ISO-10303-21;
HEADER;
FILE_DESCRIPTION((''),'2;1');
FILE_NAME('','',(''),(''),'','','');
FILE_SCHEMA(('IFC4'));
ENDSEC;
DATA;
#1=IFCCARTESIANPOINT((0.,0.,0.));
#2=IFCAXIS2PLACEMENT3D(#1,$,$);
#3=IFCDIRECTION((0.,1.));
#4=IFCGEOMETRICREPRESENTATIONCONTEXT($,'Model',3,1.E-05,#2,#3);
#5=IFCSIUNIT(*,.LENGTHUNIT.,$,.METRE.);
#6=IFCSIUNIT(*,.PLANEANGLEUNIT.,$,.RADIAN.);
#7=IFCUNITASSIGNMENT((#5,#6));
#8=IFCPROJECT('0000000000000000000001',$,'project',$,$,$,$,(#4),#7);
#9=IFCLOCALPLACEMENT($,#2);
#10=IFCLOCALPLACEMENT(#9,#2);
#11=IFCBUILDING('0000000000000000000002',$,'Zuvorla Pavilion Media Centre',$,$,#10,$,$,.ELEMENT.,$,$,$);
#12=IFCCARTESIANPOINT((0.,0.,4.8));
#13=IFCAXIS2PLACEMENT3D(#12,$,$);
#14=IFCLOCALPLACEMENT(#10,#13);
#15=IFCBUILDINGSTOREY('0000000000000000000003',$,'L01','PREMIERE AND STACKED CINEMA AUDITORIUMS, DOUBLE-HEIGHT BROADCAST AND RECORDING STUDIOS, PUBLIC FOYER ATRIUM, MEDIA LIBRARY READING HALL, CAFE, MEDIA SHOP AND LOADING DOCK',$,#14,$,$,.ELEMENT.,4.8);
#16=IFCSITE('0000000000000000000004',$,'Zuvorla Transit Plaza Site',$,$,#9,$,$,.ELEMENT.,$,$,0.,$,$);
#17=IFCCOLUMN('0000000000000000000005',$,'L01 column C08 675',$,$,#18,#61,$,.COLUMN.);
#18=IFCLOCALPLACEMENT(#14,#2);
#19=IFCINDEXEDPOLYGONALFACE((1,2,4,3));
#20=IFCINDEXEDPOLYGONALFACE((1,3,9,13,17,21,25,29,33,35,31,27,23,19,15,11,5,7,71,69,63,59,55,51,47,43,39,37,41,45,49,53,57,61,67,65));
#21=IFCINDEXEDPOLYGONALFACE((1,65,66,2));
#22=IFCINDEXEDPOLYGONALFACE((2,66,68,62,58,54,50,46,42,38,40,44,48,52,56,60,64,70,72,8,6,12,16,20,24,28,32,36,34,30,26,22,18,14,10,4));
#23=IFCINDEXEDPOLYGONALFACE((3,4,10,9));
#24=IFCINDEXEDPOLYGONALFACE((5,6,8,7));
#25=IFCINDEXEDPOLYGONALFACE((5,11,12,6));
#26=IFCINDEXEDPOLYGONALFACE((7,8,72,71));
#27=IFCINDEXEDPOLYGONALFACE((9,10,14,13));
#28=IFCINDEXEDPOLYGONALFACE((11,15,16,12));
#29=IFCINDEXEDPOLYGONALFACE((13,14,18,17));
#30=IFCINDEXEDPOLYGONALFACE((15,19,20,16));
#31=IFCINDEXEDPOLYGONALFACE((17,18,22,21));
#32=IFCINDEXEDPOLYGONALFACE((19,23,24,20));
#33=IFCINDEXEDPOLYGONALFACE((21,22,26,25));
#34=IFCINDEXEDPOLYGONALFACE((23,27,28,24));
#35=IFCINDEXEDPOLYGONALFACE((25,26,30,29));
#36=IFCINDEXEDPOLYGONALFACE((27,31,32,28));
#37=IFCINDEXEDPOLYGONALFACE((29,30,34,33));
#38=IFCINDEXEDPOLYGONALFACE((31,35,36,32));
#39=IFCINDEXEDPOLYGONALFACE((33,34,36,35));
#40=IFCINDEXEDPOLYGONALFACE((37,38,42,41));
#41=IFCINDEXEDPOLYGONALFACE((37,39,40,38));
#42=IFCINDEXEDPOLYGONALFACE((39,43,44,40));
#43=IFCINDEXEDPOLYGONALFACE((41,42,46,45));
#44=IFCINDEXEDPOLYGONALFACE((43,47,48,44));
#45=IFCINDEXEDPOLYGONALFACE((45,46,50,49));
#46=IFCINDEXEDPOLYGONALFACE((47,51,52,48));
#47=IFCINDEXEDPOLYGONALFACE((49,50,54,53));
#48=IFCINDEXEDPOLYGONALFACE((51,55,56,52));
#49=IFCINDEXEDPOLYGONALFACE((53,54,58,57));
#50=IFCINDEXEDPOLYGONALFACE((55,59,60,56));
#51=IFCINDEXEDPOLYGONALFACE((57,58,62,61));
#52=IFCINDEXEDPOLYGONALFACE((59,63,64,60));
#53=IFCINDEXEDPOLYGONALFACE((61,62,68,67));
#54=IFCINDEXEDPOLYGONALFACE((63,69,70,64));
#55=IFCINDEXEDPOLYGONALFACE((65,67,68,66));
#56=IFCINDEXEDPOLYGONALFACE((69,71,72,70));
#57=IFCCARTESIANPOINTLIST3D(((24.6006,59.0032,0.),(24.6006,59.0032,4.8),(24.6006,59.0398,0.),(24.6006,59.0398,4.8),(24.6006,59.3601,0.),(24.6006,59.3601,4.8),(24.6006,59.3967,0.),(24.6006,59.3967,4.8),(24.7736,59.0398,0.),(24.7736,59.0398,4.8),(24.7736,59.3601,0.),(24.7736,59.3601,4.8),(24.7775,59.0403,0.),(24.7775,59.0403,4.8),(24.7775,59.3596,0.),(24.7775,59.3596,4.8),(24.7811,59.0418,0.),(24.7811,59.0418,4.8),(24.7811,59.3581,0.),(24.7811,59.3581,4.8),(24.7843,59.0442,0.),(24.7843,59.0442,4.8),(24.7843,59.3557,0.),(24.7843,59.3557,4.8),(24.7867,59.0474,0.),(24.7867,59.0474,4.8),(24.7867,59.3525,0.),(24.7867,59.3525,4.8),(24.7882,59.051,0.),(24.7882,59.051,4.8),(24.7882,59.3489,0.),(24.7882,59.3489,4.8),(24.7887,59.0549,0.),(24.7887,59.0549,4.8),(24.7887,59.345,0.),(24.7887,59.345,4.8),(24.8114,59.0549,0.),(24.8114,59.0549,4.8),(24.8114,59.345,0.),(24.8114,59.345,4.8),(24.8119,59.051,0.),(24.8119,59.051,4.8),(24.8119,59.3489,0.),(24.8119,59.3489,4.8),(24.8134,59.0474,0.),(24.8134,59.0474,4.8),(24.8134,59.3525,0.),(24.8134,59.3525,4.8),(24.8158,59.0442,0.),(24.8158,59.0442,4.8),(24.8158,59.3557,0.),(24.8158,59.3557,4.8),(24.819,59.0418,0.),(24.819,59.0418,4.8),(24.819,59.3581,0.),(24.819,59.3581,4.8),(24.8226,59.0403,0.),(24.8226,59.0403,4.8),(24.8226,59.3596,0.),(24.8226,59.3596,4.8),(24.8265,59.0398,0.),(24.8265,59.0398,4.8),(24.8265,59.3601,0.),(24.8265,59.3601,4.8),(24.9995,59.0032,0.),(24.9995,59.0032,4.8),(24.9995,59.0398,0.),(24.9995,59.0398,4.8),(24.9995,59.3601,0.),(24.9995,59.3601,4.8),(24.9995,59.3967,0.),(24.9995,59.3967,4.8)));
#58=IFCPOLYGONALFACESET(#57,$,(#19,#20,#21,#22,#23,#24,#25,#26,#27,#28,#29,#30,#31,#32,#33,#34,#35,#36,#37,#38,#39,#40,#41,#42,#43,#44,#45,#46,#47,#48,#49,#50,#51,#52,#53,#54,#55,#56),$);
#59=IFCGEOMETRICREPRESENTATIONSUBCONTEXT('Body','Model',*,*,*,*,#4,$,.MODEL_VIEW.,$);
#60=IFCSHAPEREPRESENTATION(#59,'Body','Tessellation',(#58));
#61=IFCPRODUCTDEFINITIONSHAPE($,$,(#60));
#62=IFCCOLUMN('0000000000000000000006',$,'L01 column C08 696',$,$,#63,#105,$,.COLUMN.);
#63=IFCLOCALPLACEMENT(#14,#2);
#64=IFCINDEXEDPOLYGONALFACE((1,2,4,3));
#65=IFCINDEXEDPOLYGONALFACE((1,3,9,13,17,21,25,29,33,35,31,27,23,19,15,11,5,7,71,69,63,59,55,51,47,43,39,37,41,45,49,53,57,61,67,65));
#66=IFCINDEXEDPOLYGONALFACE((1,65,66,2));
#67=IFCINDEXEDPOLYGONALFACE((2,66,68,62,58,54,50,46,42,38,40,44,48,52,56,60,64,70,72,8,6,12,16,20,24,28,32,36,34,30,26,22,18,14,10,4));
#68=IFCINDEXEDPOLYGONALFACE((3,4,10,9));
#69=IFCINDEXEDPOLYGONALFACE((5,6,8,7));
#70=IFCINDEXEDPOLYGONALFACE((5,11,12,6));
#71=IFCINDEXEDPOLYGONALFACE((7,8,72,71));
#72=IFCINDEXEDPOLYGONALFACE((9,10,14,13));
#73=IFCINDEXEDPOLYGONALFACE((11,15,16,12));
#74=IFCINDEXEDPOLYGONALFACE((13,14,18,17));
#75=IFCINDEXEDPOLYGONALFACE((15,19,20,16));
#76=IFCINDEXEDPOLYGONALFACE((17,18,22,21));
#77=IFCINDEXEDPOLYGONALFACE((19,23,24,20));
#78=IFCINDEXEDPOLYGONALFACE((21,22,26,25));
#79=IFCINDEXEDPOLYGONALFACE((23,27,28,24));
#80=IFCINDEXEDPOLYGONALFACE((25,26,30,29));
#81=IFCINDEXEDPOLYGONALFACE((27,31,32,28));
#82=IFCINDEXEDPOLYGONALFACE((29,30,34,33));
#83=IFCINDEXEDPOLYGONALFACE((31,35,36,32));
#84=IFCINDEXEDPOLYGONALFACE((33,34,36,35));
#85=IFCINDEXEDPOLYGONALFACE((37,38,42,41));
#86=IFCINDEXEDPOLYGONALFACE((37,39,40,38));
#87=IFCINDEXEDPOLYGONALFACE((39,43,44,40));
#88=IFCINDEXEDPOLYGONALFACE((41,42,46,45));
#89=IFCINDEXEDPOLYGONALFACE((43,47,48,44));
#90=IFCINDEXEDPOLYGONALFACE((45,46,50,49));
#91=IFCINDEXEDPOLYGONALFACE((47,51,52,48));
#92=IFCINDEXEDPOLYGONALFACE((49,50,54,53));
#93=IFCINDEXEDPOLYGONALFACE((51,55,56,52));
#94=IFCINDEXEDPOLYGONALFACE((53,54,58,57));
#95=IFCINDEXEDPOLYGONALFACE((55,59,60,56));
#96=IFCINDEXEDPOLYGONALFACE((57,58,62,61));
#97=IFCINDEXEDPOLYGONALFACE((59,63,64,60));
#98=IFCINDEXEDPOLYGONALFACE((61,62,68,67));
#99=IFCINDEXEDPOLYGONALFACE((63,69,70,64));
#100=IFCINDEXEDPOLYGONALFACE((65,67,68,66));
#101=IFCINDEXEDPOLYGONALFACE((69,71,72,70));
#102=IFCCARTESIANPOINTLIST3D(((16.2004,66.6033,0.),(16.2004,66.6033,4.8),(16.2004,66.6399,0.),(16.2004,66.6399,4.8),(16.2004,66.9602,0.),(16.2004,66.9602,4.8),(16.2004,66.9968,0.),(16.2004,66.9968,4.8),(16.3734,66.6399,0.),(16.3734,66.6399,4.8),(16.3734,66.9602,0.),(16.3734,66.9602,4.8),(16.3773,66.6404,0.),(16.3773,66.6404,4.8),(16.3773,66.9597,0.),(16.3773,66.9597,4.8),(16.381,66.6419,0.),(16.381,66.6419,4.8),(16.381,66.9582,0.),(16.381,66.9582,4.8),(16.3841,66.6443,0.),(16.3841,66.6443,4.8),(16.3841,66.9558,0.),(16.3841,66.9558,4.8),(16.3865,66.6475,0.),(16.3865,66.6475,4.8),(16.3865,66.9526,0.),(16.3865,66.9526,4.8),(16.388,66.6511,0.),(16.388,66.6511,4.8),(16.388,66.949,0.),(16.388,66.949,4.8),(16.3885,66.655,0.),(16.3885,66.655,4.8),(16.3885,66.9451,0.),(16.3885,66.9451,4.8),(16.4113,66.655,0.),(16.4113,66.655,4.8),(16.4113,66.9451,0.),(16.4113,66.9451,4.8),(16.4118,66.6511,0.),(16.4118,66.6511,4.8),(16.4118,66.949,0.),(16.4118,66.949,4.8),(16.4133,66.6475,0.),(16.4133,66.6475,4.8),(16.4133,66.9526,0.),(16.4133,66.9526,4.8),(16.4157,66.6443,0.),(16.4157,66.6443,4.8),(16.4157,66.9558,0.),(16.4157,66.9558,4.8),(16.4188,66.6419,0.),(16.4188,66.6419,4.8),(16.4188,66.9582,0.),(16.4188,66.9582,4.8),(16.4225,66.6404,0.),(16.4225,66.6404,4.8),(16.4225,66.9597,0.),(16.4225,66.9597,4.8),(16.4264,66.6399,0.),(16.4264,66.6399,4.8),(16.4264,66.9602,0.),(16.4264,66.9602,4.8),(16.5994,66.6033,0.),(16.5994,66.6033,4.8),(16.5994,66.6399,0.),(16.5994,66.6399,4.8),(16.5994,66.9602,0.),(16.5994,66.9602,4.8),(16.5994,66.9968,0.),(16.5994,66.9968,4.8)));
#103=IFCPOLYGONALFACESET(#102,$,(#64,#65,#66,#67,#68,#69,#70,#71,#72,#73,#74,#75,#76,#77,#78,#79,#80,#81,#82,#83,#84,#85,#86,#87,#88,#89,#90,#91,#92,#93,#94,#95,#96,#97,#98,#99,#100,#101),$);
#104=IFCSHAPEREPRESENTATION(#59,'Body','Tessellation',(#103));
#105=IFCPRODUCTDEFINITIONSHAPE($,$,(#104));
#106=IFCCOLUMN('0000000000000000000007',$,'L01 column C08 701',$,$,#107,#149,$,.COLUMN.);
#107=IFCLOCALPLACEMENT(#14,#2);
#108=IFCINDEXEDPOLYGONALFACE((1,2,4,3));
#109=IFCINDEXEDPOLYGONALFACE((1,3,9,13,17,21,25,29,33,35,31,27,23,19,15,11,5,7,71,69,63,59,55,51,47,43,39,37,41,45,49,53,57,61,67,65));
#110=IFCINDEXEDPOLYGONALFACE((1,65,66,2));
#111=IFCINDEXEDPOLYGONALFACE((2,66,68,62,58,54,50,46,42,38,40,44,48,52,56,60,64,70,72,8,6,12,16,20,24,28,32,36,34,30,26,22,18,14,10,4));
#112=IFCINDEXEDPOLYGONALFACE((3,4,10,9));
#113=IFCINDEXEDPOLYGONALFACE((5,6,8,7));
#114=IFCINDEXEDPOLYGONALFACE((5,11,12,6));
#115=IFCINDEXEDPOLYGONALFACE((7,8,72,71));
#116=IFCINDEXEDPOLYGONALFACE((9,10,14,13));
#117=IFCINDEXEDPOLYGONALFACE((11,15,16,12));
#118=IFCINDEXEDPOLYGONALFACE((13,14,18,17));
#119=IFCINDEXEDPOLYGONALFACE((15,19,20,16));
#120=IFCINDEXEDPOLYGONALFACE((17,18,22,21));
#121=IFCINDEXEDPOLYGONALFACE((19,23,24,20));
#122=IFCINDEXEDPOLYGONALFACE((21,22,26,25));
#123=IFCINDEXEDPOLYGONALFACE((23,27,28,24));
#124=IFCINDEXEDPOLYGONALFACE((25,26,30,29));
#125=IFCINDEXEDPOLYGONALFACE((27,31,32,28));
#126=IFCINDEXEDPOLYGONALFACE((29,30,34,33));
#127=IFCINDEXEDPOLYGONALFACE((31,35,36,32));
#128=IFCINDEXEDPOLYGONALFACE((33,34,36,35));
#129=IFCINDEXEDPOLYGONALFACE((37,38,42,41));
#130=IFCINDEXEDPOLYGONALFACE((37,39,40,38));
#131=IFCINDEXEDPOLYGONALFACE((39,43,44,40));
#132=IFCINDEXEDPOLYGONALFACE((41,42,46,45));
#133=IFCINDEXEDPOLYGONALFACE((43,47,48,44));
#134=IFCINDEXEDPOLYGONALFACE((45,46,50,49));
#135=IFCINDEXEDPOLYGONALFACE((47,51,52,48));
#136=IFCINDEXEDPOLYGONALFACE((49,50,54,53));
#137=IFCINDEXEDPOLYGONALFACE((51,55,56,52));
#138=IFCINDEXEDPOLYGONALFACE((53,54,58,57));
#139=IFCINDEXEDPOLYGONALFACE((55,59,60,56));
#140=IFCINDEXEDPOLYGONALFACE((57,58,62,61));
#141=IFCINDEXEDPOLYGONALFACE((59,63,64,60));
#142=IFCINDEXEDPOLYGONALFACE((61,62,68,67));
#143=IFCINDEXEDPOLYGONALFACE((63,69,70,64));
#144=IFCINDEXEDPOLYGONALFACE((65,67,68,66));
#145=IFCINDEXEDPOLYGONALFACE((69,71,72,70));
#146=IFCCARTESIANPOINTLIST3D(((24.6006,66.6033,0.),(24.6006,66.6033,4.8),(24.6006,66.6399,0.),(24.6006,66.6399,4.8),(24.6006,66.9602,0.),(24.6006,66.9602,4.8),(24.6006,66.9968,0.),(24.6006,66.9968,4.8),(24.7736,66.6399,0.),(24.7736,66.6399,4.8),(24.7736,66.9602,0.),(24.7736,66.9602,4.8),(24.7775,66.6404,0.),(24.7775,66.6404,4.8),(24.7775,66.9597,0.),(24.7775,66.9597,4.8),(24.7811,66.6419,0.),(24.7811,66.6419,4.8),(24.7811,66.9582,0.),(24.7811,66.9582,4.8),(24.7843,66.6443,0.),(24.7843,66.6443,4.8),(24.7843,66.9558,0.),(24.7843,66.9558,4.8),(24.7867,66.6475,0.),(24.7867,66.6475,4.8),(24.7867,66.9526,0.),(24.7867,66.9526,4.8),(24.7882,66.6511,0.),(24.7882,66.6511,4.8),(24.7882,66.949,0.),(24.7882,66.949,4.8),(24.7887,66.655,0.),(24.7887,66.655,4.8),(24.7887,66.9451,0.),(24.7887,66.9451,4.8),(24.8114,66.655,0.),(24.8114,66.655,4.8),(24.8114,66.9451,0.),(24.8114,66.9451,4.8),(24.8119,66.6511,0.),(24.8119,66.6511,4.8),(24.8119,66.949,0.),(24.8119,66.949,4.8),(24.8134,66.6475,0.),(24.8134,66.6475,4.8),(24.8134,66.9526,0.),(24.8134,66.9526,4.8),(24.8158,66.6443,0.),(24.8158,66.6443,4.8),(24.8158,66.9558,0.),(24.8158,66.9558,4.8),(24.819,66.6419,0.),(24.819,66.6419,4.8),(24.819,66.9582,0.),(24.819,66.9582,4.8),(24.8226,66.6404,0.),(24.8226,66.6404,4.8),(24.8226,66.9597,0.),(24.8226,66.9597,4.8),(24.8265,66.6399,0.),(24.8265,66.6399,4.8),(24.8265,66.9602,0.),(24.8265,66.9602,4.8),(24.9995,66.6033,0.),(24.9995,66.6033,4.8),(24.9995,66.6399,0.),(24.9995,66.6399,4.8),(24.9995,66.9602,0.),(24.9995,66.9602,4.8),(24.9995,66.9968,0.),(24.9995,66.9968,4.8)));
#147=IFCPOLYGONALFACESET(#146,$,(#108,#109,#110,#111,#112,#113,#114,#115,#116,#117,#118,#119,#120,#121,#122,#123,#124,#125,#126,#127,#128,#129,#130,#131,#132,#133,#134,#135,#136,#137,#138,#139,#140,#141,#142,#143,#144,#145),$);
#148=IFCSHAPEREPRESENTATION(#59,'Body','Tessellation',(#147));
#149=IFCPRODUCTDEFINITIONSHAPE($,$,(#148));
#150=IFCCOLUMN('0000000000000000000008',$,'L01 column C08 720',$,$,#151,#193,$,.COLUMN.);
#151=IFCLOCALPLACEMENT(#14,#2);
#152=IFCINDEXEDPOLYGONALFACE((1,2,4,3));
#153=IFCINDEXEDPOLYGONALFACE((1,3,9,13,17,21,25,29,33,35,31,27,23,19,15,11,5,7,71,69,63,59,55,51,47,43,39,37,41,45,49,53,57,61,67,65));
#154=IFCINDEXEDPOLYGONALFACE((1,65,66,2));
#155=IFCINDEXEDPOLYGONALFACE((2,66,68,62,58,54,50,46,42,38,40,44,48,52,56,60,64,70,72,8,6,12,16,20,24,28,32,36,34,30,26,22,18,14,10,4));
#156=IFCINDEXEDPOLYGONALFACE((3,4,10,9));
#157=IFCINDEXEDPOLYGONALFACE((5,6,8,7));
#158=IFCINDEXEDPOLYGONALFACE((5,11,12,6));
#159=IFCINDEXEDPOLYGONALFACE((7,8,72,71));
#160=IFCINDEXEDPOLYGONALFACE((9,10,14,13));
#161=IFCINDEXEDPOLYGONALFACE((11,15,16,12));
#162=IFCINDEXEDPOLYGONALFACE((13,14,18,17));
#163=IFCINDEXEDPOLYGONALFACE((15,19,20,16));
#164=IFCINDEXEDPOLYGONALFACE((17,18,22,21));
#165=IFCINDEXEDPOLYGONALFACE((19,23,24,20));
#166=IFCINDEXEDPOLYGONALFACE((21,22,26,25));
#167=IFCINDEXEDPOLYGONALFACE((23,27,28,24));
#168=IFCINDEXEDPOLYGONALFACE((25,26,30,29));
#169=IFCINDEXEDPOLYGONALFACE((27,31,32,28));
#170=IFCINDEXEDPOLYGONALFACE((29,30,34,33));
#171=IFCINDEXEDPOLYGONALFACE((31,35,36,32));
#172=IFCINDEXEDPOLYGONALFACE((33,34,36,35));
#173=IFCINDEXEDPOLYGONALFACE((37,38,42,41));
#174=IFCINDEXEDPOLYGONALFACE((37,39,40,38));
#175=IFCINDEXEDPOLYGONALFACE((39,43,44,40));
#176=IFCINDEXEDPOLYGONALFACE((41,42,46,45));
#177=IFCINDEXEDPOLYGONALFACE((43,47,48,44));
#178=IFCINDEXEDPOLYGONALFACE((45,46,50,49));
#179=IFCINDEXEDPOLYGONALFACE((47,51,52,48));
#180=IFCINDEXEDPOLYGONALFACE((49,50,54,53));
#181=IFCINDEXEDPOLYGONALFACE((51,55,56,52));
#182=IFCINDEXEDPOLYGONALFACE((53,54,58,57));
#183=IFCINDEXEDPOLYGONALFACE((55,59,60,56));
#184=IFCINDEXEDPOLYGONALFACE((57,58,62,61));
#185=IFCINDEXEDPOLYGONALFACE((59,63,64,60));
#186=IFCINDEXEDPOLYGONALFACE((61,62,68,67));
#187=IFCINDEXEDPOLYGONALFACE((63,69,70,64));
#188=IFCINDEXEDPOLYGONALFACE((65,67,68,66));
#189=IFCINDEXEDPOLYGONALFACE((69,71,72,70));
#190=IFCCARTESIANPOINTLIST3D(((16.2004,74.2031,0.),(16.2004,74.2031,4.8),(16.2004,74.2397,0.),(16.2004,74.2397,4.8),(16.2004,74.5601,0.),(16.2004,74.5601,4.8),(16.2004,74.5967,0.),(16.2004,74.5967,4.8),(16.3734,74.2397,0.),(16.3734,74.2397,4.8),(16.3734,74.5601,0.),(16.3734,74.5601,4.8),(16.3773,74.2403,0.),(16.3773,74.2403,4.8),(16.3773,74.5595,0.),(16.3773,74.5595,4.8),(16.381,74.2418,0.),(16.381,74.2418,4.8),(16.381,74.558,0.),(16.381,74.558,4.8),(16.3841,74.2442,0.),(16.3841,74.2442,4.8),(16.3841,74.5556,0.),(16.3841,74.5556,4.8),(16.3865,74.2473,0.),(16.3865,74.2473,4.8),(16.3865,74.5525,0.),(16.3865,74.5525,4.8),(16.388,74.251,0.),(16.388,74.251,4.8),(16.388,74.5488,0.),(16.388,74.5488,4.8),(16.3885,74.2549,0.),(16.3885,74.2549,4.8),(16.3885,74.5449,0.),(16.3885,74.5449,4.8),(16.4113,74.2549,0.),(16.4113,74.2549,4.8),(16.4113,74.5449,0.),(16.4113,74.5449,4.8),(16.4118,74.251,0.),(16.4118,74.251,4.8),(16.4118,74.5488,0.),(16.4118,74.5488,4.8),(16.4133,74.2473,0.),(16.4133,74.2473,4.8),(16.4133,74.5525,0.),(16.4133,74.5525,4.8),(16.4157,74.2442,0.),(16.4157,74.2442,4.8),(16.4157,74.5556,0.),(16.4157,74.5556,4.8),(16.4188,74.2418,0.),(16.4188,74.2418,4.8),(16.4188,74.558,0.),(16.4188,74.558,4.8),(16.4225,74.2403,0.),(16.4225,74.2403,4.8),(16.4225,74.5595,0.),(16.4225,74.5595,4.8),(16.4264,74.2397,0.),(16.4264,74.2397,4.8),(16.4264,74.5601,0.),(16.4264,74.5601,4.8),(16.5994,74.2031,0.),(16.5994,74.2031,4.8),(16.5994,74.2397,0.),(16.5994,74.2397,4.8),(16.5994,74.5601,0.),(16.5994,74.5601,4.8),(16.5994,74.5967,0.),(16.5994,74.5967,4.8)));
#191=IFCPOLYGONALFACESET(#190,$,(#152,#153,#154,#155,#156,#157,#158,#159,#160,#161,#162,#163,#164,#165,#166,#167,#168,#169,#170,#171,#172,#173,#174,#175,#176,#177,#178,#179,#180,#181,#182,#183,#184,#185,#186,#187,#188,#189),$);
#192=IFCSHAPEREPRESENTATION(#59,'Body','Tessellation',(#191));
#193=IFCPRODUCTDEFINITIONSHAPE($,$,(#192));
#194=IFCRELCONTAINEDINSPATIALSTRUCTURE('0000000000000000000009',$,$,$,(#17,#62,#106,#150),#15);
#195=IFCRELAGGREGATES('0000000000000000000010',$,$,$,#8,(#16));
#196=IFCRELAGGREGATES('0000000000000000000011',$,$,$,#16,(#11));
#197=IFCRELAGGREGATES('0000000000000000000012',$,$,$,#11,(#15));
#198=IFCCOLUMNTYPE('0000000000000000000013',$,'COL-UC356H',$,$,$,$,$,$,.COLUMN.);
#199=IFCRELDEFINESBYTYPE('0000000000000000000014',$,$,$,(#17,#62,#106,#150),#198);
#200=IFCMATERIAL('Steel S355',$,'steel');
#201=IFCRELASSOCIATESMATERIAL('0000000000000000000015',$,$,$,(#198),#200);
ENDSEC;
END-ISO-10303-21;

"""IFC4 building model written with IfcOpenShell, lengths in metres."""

from ifc_helpers import new_model, si_unit, direction, frame, origin, origin_2d, place, context, subcontext, project, spatial, i_section, extrude, material, material_profile, profile_set, type_object, element, save


model = new_model("IFC4")

# Units and contexts
model_context = context("Model", 3, precision=1e-05, world=origin(), true_north=direction((0.0, 1.0)))
body_context = subcontext(model_context, "Body", "Model", "MODEL_VIEW")
ifc_project = project(units=[si_unit("LENGTHUNIT", "METRE"), si_unit("PLANEANGLEUNIT", "RADIAN")], contexts=[model_context])

# Site, building, storey
site_placement = place(None, origin())
site = spatial("IfcSite", under=ifc_project, at=site_placement, Name="Zuvorla Transit Plaza Site", CompositionType="ELEMENT", RefElevation=0.0)
building_placement = place(site_placement, origin())
building = spatial("IfcBuilding", under=site, at=building_placement, Name="Zuvorla Pavilion Media Centre", CompositionType="ELEMENT")
storey_placement = place(building_placement, frame((0.0, 0.0, 4.8)))
storey = spatial("IfcBuildingStorey", under=building, at=storey_placement, Name="L01", Description="PREMIERE AND STACKED CINEMA AUDITORIUMS, DOUBLE-HEIGHT BROADCAST AND RECORDING STUDIOS, PUBLIC FOYER ATRIUM, MEDIA LIBRARY READING HALL, CAFE, MEDIA SHOP AND LOADING DOCK", CompositionType="ELEMENT", Elevation=4.8)

# Columns
ifc_material_1 = material(Name="Steel S355", Category="steel")
ifc_material_profile_1 = material_profile(ifc_material_1, i_section(OverallWidth=0.3989, OverallDepth=0.3936, WebThickness=0.0227, FlangeThickness=0.0366, FilletRadius=0.0151, at=origin_2d()), Name="UC 356x406x287")
ifc_profile_set_1 = profile_set([ifc_material_profile_1], Name="Steel S355")
column_type = type_object("IfcColumnType", Name="COL-UC356H", PredefinedType="COLUMN", material=ifc_profile_set_1)
for number, where, z_axis, x_axis, name in (
    (1, (24.8, 59.2, 0.0), (0.0, 0.0, 1.0), (1.0, 0.0, 0.0), "L01 column C08 675"),
    (2, (16.3999, 66.8, 0.0), (0.0, 0.0, 1.0), (1.0, 0.0, 0.0), "L01 column C08 696"),
    (3, (24.8, 66.8, 0.0), (0.0, 0.0, 1.0), (1.0, 0.0, 0.0), "L01 column C08 701"),
    (4, (16.3999, 74.3999, 0.0), (0.0, 0.0, 1.0), (1.0, 0.0, 0.0), "L01 column C08 720"),
):
    element("IfcColumn", number, at=place(storey_placement, frame(where, z_axis=z_axis, x_axis=x_axis)), inside=storey, type_object=column_type, Name=name, PredefinedType="COLUMN", context=body_context, shape_type="SweptSolid", body=[
        extrude(i_section(OverallWidth=0.3989, OverallDepth=0.3936, WebThickness=0.0227, FlangeThickness=0.0366, FilletRadius=0.0151, at=origin_2d()), origin(), (0.0, 0.0, 1.0), 4.8),
    ])

save(model, "model.ifc")
